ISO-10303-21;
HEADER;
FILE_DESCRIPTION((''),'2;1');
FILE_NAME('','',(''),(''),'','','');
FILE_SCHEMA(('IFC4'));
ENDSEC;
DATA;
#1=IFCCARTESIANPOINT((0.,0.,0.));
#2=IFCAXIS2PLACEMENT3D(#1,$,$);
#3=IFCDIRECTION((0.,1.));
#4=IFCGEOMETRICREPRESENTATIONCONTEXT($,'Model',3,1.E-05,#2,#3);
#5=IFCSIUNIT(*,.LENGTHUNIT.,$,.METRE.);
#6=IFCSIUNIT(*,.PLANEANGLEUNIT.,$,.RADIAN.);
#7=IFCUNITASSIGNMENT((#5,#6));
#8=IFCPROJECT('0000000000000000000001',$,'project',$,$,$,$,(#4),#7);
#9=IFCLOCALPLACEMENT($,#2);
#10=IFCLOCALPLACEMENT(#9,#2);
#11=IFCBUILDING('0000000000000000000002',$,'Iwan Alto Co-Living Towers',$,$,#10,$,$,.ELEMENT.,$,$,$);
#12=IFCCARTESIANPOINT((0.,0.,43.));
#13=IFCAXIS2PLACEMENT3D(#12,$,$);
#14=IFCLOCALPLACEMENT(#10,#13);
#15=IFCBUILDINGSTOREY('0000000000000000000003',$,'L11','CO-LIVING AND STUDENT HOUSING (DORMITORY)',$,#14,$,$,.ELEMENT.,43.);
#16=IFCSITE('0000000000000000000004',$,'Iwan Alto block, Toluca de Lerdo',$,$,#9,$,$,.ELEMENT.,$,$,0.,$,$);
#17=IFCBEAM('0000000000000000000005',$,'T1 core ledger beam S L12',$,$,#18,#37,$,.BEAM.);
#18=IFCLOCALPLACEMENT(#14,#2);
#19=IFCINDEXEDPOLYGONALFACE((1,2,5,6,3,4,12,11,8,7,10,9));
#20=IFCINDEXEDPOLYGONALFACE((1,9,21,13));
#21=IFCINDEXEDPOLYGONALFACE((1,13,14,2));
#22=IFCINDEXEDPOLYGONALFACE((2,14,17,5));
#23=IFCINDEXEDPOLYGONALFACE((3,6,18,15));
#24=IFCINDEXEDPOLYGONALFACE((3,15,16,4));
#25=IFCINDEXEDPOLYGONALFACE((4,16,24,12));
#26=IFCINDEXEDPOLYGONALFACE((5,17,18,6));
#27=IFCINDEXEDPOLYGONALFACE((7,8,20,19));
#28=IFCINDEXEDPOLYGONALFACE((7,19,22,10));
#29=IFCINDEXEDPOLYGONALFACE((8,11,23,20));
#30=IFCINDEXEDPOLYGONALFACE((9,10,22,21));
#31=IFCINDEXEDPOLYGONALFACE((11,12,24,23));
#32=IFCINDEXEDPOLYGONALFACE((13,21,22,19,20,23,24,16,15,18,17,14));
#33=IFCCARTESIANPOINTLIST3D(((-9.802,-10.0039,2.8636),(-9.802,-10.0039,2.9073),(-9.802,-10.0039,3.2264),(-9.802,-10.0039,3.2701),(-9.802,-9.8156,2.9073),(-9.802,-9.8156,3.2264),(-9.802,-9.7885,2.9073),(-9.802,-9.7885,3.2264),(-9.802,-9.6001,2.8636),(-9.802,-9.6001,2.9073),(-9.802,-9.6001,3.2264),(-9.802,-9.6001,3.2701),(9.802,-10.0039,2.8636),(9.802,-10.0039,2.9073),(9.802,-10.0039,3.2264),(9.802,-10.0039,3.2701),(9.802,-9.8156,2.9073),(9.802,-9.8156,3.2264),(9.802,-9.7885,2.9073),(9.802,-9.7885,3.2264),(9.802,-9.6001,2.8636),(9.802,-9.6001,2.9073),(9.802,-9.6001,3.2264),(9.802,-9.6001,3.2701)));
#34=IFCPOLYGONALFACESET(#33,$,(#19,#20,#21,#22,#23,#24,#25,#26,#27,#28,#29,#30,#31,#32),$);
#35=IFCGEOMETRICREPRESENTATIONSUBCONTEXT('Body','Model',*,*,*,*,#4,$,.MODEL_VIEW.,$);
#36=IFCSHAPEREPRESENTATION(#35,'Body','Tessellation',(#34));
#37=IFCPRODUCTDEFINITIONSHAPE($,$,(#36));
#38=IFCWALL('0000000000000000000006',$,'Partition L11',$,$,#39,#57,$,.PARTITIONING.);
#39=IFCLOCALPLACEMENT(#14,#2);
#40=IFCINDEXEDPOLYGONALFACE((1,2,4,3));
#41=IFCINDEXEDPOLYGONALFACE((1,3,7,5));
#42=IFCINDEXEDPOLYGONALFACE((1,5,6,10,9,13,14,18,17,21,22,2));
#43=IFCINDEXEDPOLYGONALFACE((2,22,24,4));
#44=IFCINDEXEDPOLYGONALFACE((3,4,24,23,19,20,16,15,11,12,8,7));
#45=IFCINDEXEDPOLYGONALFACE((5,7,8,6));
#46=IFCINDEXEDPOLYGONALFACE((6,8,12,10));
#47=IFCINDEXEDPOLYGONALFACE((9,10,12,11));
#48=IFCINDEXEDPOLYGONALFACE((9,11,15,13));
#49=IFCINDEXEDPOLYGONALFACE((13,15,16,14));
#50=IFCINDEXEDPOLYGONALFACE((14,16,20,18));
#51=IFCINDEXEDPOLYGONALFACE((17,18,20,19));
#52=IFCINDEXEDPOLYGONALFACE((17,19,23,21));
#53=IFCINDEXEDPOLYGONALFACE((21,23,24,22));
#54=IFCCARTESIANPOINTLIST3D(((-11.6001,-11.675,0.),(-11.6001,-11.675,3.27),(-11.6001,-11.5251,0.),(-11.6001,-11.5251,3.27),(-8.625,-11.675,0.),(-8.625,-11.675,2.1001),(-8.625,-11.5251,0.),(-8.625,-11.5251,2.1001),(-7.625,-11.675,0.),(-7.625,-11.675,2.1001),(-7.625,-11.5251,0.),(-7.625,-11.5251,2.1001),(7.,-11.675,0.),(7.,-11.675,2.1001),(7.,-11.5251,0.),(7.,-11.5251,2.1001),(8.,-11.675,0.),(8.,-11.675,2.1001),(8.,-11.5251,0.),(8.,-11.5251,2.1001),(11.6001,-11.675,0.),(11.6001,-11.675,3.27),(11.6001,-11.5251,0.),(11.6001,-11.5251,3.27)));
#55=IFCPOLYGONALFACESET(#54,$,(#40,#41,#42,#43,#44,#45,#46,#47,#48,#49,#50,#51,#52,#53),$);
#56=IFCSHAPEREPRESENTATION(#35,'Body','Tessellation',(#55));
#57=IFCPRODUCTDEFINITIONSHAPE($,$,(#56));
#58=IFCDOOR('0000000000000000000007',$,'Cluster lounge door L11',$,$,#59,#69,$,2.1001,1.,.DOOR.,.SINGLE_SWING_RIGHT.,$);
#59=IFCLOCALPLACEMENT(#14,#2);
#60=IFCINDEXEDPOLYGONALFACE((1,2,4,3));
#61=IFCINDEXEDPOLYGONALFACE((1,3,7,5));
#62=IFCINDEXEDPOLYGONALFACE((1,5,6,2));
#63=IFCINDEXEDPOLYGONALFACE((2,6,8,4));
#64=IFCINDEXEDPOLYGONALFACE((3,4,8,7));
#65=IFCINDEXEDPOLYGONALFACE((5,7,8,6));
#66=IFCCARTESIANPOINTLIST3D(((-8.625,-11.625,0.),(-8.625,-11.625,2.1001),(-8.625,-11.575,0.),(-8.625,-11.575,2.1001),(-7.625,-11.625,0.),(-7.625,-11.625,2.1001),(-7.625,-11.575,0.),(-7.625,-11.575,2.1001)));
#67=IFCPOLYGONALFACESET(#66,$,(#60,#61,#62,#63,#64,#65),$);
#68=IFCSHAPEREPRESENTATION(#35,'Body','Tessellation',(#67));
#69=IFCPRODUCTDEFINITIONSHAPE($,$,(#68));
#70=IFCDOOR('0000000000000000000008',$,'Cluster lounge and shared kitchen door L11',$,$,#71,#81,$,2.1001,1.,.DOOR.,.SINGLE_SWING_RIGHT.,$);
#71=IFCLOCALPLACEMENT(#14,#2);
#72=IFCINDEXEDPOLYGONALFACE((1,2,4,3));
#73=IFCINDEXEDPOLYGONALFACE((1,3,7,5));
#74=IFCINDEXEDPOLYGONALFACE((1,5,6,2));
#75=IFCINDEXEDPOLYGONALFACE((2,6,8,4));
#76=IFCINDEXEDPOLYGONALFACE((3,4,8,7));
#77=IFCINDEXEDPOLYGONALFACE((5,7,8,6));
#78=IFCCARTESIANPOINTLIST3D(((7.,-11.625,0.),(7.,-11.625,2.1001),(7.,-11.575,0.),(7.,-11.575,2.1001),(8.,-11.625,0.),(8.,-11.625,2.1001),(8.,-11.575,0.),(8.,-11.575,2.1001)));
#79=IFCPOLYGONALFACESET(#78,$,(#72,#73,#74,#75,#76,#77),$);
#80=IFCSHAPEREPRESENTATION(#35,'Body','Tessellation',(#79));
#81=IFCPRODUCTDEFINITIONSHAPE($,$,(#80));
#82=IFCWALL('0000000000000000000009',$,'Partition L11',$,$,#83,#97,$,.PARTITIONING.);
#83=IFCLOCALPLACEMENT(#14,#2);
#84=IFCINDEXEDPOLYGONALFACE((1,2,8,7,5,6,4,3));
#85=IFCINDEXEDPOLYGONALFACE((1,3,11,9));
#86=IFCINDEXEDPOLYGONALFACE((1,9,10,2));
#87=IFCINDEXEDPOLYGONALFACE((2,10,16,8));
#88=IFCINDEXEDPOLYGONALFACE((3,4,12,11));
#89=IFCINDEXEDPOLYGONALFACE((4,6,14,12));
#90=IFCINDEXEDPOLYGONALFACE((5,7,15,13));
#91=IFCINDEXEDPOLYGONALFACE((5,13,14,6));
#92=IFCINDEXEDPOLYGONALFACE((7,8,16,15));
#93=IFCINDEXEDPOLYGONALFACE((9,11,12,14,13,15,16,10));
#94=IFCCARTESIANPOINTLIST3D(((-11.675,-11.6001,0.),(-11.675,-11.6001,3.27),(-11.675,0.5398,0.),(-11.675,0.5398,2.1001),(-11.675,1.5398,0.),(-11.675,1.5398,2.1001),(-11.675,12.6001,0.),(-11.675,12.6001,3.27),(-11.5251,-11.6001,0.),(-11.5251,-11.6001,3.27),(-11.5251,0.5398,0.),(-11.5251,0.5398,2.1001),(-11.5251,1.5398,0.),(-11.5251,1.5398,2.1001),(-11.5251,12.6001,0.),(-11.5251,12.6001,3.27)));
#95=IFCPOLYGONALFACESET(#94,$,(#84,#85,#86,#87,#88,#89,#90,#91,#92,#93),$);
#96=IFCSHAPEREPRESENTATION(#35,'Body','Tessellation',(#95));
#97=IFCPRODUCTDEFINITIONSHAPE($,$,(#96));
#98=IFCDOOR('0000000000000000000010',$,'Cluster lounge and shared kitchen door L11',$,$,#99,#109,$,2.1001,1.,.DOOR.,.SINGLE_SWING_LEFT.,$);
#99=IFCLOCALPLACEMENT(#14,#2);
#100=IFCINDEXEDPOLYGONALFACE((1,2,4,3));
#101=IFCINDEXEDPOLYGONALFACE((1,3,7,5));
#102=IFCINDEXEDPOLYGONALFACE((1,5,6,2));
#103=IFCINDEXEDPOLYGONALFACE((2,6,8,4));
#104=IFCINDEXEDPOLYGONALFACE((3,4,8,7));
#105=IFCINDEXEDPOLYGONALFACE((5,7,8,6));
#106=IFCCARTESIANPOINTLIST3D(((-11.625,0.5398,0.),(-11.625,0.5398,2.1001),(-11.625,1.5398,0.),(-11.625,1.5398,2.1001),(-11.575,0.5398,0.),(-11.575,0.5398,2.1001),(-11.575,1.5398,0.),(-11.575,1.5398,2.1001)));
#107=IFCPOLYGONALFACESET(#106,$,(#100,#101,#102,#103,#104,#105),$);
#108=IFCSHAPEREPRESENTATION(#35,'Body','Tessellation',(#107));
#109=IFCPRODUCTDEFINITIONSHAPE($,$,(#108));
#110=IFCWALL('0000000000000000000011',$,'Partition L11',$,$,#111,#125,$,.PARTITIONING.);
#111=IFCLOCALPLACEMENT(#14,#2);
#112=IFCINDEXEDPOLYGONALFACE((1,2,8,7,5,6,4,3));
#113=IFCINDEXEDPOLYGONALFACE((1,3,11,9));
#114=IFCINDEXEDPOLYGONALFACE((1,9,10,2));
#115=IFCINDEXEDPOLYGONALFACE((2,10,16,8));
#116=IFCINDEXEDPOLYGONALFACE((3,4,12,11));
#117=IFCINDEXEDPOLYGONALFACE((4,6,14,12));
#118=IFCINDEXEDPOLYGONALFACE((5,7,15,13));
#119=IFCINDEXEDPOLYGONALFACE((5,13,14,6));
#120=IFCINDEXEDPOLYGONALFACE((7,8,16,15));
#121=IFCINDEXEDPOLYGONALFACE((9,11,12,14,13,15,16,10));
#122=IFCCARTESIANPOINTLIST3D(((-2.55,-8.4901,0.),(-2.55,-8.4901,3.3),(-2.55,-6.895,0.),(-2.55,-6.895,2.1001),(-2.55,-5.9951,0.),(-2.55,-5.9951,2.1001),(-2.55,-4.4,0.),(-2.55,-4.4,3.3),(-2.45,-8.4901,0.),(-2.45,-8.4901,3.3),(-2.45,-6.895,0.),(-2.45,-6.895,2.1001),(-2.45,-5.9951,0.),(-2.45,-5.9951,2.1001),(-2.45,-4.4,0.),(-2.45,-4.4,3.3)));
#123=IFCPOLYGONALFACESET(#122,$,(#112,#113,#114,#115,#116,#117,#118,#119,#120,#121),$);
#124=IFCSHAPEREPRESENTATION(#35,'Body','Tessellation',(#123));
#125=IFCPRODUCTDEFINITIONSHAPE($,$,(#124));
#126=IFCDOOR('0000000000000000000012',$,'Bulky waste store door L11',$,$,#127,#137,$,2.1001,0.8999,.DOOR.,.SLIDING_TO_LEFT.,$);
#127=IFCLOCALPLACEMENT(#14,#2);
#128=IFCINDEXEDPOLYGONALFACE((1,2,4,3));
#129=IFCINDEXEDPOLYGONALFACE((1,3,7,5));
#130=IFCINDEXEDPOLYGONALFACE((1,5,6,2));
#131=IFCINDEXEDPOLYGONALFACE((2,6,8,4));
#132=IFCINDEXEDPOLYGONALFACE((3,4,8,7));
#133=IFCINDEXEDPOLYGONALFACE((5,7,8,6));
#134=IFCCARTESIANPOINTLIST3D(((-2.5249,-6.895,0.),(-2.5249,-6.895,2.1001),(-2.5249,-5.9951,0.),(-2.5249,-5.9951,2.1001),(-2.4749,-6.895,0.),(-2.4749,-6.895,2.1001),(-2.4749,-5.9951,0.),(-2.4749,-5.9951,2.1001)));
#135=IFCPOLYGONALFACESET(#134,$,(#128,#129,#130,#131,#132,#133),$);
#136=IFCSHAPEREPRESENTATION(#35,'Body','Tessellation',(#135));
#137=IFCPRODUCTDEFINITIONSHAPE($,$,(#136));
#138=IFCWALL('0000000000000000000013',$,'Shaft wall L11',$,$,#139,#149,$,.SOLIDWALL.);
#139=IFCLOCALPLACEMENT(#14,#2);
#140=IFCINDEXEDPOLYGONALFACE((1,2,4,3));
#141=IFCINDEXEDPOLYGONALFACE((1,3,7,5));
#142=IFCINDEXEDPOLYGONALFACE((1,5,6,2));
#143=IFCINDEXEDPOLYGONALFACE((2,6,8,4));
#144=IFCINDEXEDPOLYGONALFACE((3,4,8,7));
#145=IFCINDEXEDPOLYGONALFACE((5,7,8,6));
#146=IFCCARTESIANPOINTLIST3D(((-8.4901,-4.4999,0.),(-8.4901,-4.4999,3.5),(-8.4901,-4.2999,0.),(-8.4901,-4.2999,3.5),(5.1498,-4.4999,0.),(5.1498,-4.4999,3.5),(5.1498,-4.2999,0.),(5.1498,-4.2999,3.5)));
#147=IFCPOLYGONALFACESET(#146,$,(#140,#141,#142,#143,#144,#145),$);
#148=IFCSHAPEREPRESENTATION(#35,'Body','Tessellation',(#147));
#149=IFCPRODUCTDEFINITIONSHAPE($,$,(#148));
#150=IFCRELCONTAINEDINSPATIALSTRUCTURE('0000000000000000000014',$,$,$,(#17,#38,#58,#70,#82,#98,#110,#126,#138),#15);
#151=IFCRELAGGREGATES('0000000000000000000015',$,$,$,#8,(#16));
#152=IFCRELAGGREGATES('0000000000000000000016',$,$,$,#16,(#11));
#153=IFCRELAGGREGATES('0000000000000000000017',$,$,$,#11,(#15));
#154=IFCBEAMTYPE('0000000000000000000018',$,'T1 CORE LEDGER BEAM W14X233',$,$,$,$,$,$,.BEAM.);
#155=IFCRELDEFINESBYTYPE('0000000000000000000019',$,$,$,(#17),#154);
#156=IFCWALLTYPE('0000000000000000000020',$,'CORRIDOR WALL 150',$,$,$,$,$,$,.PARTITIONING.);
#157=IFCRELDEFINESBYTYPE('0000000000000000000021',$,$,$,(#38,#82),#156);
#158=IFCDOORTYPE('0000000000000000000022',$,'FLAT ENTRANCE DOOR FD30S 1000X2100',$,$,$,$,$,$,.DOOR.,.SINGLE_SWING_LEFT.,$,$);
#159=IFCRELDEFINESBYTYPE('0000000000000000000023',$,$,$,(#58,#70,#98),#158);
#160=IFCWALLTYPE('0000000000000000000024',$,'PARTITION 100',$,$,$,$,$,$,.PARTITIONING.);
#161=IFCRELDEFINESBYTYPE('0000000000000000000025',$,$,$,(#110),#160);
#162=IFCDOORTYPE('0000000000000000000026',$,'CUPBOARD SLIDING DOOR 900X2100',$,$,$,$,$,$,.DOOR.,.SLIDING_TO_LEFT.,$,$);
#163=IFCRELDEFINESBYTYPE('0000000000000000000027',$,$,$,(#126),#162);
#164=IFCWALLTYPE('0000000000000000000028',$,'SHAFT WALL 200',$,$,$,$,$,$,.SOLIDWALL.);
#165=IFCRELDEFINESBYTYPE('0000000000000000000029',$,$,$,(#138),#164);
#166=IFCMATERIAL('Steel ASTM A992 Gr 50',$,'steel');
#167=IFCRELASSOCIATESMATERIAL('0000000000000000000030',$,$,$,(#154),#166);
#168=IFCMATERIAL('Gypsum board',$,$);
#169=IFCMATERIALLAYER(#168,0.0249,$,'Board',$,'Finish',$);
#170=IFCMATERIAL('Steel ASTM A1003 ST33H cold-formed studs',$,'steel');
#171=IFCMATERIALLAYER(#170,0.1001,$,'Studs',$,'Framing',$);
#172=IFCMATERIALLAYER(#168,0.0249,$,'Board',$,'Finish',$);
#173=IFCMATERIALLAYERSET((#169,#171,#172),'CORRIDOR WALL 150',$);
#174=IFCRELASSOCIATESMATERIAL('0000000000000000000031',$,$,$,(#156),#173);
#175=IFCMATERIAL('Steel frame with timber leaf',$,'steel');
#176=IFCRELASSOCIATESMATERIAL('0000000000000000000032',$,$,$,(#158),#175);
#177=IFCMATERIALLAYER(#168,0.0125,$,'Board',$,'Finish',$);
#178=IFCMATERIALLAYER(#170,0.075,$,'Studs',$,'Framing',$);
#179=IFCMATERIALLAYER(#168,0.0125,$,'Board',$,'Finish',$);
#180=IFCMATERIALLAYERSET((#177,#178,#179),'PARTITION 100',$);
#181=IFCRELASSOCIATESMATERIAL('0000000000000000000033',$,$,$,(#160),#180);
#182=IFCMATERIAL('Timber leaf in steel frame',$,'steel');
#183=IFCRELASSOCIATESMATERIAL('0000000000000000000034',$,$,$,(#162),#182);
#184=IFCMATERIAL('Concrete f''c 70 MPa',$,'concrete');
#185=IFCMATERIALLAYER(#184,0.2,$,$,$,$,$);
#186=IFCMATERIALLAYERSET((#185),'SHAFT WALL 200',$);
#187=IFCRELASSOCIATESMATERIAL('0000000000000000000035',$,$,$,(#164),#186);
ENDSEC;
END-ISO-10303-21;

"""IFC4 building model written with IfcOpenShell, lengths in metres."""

from ifc_helpers import new_model, si_unit, direction, frame, frame_2d, origin, origin_2d, place, context, subcontext, project, spatial, rectangle, i_section, extrude, material, layer, layer_set, material_profile, profile_set, type_object, element, fill, save


model = new_model("IFC4")

# Units and contexts
model_context = context("Model", 3, precision=1e-05, world=origin(), true_north=direction((0.0, 1.0)))
body_context = subcontext(model_context, "Body", "Model", "MODEL_VIEW")
ifc_project = project(units=[si_unit("LENGTHUNIT", "METRE"), si_unit("PLANEANGLEUNIT", "RADIAN")], contexts=[model_context])

# Site, building, storey
site_placement = place(None, origin())
site = spatial("IfcSite", under=ifc_project, at=site_placement, Name="Iwan Alto block, Toluca de Lerdo", CompositionType="ELEMENT", RefElevation=0.0)
building_placement = place(site_placement, origin())
building = spatial("IfcBuilding", under=site, at=building_placement, Name="Iwan Alto Co-Living Towers", CompositionType="ELEMENT")
storey_placement = place(building_placement, frame((0.0, 0.0, 43.0)))
storey = spatial("IfcBuildingStorey", under=building, at=storey_placement, Name="L11", Description="CO-LIVING AND STUDENT HOUSING (DORMITORY)", CompositionType="ELEMENT", Elevation=43.0)

# Beam
ifc_material_1 = material(Name="Steel ASTM A992 Gr 50", Category="steel")
ifc_material_profile = material_profile(ifc_material_1, i_section(OverallWidth=0.4038, OverallDepth=0.4065, WebThickness=0.0271, FlangeThickness=0.0437, at=origin_2d()), Name="W14X233")
ifc_profile_set = profile_set([ifc_material_profile], Name="Steel ASTM A992 Gr 50")
beam_type = type_object("IfcBeamType", Name="T1 CORE LEDGER BEAM W14X233", PredefinedType="BEAM", material=ifc_profile_set)
beam_placement = place(storey_placement, frame((-9.802, -9.802, 3.0669), z_axis=(1.0, 0.0, 0.0), x_axis=(0.0, 1.0, 0.0)))
element("IfcBeam", 1, at=beam_placement, inside=storey, type_object=beam_type, Name="T1 core ledger beam S L12", PredefinedType="BEAM", context=body_context, shape_type="SweptSolid", body=[
    extrude(i_section(OverallWidth=0.4038, OverallDepth=0.4065, WebThickness=0.0271, FlangeThickness=0.0437, at=origin_2d()), origin(), (0.0, 0.0, 1.0), 19.604),
])

# Wall, openings, doors
ifc_material_2 = material(Name="Gypsum board")
ifc_layer_1 = layer(ifc_material_2, 0.0249, Name="Board", Category="Finish")
ifc_material_3 = material(Name="Steel ASTM A1003 ST33H cold-formed studs", Category="steel")
ifc_layer_2 = layer(ifc_material_3, 0.1001, Name="Studs", Category="Framing")
ifc_layer_3 = layer(ifc_material_2, 0.0249, Name="Board", Category="Finish")
ifc_layer_set_1 = layer_set([ifc_layer_1, ifc_layer_2, ifc_layer_3], Name="CORRIDOR WALL 150")
wall_type_1 = type_object("IfcWallType", Name="CORRIDOR WALL 150", PredefinedType="PARTITIONING", material=ifc_layer_set_1)
wall_1_placement = place(storey_placement, frame((-11.6001, -11.6001, 0.0), z_axis=(0.0, 0.0, 1.0), x_axis=(1.0, 0.0, 0.0)))
wall_1 = element("IfcWall", 2, at=wall_1_placement, inside=storey, type_object=wall_type_1, Name="Partition L11", PredefinedType="PARTITIONING", context=body_context, shape_type="SweptSolid", body=[
    extrude(rectangle(XDim=23.2002, YDim=0.1499, at=frame_2d((11.6001, 0.0))), origin(), (0.0, 0.0, 1.0), 3.27),
])
opening_1_placement = place(wall_1_placement, frame((2.9751, 0.0, 0.0)))
opening_1 = element("IfcOpeningElement", 3, at=opening_1_placement, cuts=wall_1, PredefinedType="OPENING", context=body_context, shape_type="SweptSolid", body=[
    extrude(rectangle(XDim=1.0, YDim=2.1001, at=frame_2d((0.5, 1.05))), frame((0.0, 0.085, 0.0), z_axis=(0.0, -1.0, 0.0), x_axis=(1.0, 0.0, 0.0)), (0.0, 0.0, 1.0), 0.1699),
])
opening_2_placement = place(wall_1_placement, frame((18.6001, 0.0, 0.0)))
opening_2 = element("IfcOpeningElement", 4, at=opening_2_placement, cuts=wall_1, PredefinedType="OPENING", context=body_context, shape_type="SweptSolid", body=[
    extrude(rectangle(XDim=1.0, YDim=2.1001, at=frame_2d((0.5, 1.05))), frame((0.0, 0.085, 0.0), z_axis=(0.0, -1.0, 0.0), x_axis=(1.0, 0.0, 0.0)), (0.0, 0.0, 1.0), 0.1699),
])
ifc_material_4 = material(Name="Steel frame with timber leaf", Category="steel")
door_type_1 = type_object("IfcDoorType", Name="FLAT ENTRANCE DOOR FD30S 1000X2100", OperationType="SINGLE_SWING_LEFT", PredefinedType="DOOR", material=ifc_material_4)
door_1_placement = place(opening_1_placement, frame((1.0, 0.0, 0.0), z_axis=(0.0, 0.0, 1.0), x_axis=(-1.0, 0.0, 0.0)))
door_1 = element("IfcDoor", 5, at=door_1_placement, inside=storey, type_object=door_type_1, Name="Cluster lounge door L11", OperationType="SINGLE_SWING_RIGHT", OverallHeight=2.1001, OverallWidth=1.0, PredefinedType="DOOR", context=body_context, shape_type="SweptSolid", body=[
    extrude(rectangle(XDim=1.0, YDim=2.1001, at=frame_2d((0.5, 1.05))), frame((0.0, 0.0249, 0.0), z_axis=(0.0, -1.0, 0.0), x_axis=(1.0, 0.0, 0.0)), (0.0, 0.0, 1.0), 0.05),
])
fill(opening_1, door_1)
door_2_placement = place(opening_2_placement, frame((1.0, 0.0, 0.0), z_axis=(0.0, 0.0, 1.0), x_axis=(-1.0, 0.0, 0.0)))
door_2 = element("IfcDoor", 6, at=door_2_placement, inside=storey, type_object=door_type_1, Name="Cluster lounge and shared kitchen door L11", OperationType="SINGLE_SWING_RIGHT", OverallHeight=2.1001, OverallWidth=1.0, PredefinedType="DOOR", context=body_context, shape_type="SweptSolid", body=[
    extrude(rectangle(XDim=1.0, YDim=2.1001, at=frame_2d((0.5, 1.05))), frame((0.0, 0.0249, 0.0), z_axis=(0.0, -1.0, 0.0), x_axis=(1.0, 0.0, 0.0)), (0.0, 0.0, 1.0), 0.05),
])
fill(opening_2, door_2)

# Walls, openings, doors
wall_2_placement = place(storey_placement, frame((-11.6001, -11.6001, 0.0), z_axis=(0.0, 0.0, 1.0), x_axis=(0.0, 1.0, 0.0)))
wall_2 = element("IfcWall", 7, at=wall_2_placement, inside=storey, type_object=wall_type_1, Name="Partition L11", PredefinedType="PARTITIONING", context=body_context, shape_type="SweptSolid", body=[
    extrude(rectangle(XDim=24.2002, YDim=0.1499, at=frame_2d((12.1001, 0.0))), origin(), (0.0, 0.0, 1.0), 3.27),
])
opening_3_placement = place(wall_2_placement, frame((12.1399, 0.0, 0.0)))
opening_3 = element("IfcOpeningElement", 8, at=opening_3_placement, cuts=wall_2, PredefinedType="OPENING", context=body_context, shape_type="SweptSolid", body=[
    extrude(rectangle(XDim=1.0, YDim=2.1001, at=frame_2d((0.5, 1.05))), frame((0.0, 0.085, 0.0), z_axis=(0.0, -1.0, 0.0), x_axis=(1.0, 0.0, 0.0)), (0.0, 0.0, 1.0), 0.1699),
])
door_3_placement = place(opening_3_placement, origin())
door_3 = element("IfcDoor", 9, at=door_3_placement, inside=storey, type_object=door_type_1, Name="Cluster lounge and shared kitchen door L11", OperationType="SINGLE_SWING_LEFT", OverallHeight=2.1001, OverallWidth=1.0, PredefinedType="DOOR", context=body_context, shape_type="SweptSolid", body=[
    extrude(rectangle(XDim=1.0, YDim=2.1001, at=frame_2d((0.5, 1.05))), frame((0.0, 0.0249, 0.0), z_axis=(0.0, -1.0, 0.0), x_axis=(1.0, 0.0, 0.0)), (0.0, 0.0, 1.0), 0.05),
])
fill(opening_3, door_3)
ifc_layer_4 = layer(ifc_material_2, 0.0125, Name="Board", Category="Finish")
ifc_layer_5 = layer(ifc_material_3, 0.075, Name="Studs", Category="Framing")
ifc_layer_6 = layer(ifc_material_2, 0.0125, Name="Board", Category="Finish")
ifc_layer_set_2 = layer_set([ifc_layer_4, ifc_layer_5, ifc_layer_6], Name="PARTITION 100")
wall_type_2 = type_object("IfcWallType", Name="PARTITION 100", PredefinedType="PARTITIONING", material=ifc_layer_set_2)
wall_3_placement = place(storey_placement, frame((-2.5, -8.49, 0.0), z_axis=(0.0, 0.0, 1.0), x_axis=(0.0, 1.0, 0.0)))
wall_3 = element("IfcWall", 10, at=wall_3_placement, inside=storey, type_object=wall_type_2, Name="Partition L11", PredefinedType="PARTITIONING", context=body_context, shape_type="SweptSolid", body=[
    extrude(rectangle(XDim=4.0901, YDim=0.1001, at=frame_2d((2.0449, 0.0))), origin(), (0.0, 0.0, 1.0), 3.3),
])
opening_4_placement = place(wall_3_placement, frame((1.595, 0.0, 0.0)))
opening_4 = element("IfcOpeningElement", 11, at=opening_4_placement, cuts=wall_3, PredefinedType="OPENING", context=body_context, shape_type="SweptSolid", body=[
    extrude(rectangle(XDim=0.8999, YDim=2.1001, at=frame_2d((0.45, 1.05))), frame((0.0, 0.0601, 0.0), z_axis=(0.0, -1.0, 0.0), x_axis=(1.0, 0.0, 0.0)), (0.0, 0.0, 1.0), 0.1201),
])
ifc_material_5 = material(Name="Timber leaf in steel frame", Category="steel")
door_type_2 = type_object("IfcDoorType", Name="CUPBOARD SLIDING DOOR 900X2100", OperationType="SLIDING_TO_LEFT", PredefinedType="DOOR", material=ifc_material_5)
door_4_placement = place(opening_4_placement, origin())
door_4 = element("IfcDoor", 12, at=door_4_placement, inside=storey, type_object=door_type_2, Name="Bulky waste store door L11", OperationType="SLIDING_TO_LEFT", OverallHeight=2.1001, OverallWidth=0.8999, PredefinedType="DOOR", context=body_context, shape_type="SweptSolid", body=[
    extrude(rectangle(XDim=0.8999, YDim=2.1001, at=frame_2d((0.45, 1.05))), frame((0.0, 0.0249, 0.0), z_axis=(0.0, -1.0, 0.0), x_axis=(1.0, 0.0, 0.0)), (0.0, 0.0, 1.0), 0.05),
])
fill(opening_4, door_4)

# Wall
ifc_material_6 = material(Name="Concrete f'c 70 MPa", Category="concrete")
ifc_layer_7 = layer(ifc_material_6, 0.2)
ifc_layer_set_3 = layer_set([ifc_layer_7], Name="SHAFT WALL 200")
wall_type_3 = type_object("IfcWallType", Name="SHAFT WALL 200", PredefinedType="SOLIDWALL", material=ifc_layer_set_3)
wall_4_placement = place(storey_placement, frame((-8.49, -4.3999, 0.0), z_axis=(0.0, 0.0, 1.0), x_axis=(1.0, 0.0, 0.0)))
element("IfcWall", 13, at=wall_4_placement, inside=storey, type_object=wall_type_3, Name="Shaft wall L11", PredefinedType="SOLIDWALL", context=body_context, shape_type="SweptSolid", body=[
    extrude(rectangle(XDim=13.6399, YDim=0.2, at=frame_2d((6.8198, 0.0))), origin(), (0.0, 0.0, 1.0), 3.5),
])

save(model, "model.ifc")
